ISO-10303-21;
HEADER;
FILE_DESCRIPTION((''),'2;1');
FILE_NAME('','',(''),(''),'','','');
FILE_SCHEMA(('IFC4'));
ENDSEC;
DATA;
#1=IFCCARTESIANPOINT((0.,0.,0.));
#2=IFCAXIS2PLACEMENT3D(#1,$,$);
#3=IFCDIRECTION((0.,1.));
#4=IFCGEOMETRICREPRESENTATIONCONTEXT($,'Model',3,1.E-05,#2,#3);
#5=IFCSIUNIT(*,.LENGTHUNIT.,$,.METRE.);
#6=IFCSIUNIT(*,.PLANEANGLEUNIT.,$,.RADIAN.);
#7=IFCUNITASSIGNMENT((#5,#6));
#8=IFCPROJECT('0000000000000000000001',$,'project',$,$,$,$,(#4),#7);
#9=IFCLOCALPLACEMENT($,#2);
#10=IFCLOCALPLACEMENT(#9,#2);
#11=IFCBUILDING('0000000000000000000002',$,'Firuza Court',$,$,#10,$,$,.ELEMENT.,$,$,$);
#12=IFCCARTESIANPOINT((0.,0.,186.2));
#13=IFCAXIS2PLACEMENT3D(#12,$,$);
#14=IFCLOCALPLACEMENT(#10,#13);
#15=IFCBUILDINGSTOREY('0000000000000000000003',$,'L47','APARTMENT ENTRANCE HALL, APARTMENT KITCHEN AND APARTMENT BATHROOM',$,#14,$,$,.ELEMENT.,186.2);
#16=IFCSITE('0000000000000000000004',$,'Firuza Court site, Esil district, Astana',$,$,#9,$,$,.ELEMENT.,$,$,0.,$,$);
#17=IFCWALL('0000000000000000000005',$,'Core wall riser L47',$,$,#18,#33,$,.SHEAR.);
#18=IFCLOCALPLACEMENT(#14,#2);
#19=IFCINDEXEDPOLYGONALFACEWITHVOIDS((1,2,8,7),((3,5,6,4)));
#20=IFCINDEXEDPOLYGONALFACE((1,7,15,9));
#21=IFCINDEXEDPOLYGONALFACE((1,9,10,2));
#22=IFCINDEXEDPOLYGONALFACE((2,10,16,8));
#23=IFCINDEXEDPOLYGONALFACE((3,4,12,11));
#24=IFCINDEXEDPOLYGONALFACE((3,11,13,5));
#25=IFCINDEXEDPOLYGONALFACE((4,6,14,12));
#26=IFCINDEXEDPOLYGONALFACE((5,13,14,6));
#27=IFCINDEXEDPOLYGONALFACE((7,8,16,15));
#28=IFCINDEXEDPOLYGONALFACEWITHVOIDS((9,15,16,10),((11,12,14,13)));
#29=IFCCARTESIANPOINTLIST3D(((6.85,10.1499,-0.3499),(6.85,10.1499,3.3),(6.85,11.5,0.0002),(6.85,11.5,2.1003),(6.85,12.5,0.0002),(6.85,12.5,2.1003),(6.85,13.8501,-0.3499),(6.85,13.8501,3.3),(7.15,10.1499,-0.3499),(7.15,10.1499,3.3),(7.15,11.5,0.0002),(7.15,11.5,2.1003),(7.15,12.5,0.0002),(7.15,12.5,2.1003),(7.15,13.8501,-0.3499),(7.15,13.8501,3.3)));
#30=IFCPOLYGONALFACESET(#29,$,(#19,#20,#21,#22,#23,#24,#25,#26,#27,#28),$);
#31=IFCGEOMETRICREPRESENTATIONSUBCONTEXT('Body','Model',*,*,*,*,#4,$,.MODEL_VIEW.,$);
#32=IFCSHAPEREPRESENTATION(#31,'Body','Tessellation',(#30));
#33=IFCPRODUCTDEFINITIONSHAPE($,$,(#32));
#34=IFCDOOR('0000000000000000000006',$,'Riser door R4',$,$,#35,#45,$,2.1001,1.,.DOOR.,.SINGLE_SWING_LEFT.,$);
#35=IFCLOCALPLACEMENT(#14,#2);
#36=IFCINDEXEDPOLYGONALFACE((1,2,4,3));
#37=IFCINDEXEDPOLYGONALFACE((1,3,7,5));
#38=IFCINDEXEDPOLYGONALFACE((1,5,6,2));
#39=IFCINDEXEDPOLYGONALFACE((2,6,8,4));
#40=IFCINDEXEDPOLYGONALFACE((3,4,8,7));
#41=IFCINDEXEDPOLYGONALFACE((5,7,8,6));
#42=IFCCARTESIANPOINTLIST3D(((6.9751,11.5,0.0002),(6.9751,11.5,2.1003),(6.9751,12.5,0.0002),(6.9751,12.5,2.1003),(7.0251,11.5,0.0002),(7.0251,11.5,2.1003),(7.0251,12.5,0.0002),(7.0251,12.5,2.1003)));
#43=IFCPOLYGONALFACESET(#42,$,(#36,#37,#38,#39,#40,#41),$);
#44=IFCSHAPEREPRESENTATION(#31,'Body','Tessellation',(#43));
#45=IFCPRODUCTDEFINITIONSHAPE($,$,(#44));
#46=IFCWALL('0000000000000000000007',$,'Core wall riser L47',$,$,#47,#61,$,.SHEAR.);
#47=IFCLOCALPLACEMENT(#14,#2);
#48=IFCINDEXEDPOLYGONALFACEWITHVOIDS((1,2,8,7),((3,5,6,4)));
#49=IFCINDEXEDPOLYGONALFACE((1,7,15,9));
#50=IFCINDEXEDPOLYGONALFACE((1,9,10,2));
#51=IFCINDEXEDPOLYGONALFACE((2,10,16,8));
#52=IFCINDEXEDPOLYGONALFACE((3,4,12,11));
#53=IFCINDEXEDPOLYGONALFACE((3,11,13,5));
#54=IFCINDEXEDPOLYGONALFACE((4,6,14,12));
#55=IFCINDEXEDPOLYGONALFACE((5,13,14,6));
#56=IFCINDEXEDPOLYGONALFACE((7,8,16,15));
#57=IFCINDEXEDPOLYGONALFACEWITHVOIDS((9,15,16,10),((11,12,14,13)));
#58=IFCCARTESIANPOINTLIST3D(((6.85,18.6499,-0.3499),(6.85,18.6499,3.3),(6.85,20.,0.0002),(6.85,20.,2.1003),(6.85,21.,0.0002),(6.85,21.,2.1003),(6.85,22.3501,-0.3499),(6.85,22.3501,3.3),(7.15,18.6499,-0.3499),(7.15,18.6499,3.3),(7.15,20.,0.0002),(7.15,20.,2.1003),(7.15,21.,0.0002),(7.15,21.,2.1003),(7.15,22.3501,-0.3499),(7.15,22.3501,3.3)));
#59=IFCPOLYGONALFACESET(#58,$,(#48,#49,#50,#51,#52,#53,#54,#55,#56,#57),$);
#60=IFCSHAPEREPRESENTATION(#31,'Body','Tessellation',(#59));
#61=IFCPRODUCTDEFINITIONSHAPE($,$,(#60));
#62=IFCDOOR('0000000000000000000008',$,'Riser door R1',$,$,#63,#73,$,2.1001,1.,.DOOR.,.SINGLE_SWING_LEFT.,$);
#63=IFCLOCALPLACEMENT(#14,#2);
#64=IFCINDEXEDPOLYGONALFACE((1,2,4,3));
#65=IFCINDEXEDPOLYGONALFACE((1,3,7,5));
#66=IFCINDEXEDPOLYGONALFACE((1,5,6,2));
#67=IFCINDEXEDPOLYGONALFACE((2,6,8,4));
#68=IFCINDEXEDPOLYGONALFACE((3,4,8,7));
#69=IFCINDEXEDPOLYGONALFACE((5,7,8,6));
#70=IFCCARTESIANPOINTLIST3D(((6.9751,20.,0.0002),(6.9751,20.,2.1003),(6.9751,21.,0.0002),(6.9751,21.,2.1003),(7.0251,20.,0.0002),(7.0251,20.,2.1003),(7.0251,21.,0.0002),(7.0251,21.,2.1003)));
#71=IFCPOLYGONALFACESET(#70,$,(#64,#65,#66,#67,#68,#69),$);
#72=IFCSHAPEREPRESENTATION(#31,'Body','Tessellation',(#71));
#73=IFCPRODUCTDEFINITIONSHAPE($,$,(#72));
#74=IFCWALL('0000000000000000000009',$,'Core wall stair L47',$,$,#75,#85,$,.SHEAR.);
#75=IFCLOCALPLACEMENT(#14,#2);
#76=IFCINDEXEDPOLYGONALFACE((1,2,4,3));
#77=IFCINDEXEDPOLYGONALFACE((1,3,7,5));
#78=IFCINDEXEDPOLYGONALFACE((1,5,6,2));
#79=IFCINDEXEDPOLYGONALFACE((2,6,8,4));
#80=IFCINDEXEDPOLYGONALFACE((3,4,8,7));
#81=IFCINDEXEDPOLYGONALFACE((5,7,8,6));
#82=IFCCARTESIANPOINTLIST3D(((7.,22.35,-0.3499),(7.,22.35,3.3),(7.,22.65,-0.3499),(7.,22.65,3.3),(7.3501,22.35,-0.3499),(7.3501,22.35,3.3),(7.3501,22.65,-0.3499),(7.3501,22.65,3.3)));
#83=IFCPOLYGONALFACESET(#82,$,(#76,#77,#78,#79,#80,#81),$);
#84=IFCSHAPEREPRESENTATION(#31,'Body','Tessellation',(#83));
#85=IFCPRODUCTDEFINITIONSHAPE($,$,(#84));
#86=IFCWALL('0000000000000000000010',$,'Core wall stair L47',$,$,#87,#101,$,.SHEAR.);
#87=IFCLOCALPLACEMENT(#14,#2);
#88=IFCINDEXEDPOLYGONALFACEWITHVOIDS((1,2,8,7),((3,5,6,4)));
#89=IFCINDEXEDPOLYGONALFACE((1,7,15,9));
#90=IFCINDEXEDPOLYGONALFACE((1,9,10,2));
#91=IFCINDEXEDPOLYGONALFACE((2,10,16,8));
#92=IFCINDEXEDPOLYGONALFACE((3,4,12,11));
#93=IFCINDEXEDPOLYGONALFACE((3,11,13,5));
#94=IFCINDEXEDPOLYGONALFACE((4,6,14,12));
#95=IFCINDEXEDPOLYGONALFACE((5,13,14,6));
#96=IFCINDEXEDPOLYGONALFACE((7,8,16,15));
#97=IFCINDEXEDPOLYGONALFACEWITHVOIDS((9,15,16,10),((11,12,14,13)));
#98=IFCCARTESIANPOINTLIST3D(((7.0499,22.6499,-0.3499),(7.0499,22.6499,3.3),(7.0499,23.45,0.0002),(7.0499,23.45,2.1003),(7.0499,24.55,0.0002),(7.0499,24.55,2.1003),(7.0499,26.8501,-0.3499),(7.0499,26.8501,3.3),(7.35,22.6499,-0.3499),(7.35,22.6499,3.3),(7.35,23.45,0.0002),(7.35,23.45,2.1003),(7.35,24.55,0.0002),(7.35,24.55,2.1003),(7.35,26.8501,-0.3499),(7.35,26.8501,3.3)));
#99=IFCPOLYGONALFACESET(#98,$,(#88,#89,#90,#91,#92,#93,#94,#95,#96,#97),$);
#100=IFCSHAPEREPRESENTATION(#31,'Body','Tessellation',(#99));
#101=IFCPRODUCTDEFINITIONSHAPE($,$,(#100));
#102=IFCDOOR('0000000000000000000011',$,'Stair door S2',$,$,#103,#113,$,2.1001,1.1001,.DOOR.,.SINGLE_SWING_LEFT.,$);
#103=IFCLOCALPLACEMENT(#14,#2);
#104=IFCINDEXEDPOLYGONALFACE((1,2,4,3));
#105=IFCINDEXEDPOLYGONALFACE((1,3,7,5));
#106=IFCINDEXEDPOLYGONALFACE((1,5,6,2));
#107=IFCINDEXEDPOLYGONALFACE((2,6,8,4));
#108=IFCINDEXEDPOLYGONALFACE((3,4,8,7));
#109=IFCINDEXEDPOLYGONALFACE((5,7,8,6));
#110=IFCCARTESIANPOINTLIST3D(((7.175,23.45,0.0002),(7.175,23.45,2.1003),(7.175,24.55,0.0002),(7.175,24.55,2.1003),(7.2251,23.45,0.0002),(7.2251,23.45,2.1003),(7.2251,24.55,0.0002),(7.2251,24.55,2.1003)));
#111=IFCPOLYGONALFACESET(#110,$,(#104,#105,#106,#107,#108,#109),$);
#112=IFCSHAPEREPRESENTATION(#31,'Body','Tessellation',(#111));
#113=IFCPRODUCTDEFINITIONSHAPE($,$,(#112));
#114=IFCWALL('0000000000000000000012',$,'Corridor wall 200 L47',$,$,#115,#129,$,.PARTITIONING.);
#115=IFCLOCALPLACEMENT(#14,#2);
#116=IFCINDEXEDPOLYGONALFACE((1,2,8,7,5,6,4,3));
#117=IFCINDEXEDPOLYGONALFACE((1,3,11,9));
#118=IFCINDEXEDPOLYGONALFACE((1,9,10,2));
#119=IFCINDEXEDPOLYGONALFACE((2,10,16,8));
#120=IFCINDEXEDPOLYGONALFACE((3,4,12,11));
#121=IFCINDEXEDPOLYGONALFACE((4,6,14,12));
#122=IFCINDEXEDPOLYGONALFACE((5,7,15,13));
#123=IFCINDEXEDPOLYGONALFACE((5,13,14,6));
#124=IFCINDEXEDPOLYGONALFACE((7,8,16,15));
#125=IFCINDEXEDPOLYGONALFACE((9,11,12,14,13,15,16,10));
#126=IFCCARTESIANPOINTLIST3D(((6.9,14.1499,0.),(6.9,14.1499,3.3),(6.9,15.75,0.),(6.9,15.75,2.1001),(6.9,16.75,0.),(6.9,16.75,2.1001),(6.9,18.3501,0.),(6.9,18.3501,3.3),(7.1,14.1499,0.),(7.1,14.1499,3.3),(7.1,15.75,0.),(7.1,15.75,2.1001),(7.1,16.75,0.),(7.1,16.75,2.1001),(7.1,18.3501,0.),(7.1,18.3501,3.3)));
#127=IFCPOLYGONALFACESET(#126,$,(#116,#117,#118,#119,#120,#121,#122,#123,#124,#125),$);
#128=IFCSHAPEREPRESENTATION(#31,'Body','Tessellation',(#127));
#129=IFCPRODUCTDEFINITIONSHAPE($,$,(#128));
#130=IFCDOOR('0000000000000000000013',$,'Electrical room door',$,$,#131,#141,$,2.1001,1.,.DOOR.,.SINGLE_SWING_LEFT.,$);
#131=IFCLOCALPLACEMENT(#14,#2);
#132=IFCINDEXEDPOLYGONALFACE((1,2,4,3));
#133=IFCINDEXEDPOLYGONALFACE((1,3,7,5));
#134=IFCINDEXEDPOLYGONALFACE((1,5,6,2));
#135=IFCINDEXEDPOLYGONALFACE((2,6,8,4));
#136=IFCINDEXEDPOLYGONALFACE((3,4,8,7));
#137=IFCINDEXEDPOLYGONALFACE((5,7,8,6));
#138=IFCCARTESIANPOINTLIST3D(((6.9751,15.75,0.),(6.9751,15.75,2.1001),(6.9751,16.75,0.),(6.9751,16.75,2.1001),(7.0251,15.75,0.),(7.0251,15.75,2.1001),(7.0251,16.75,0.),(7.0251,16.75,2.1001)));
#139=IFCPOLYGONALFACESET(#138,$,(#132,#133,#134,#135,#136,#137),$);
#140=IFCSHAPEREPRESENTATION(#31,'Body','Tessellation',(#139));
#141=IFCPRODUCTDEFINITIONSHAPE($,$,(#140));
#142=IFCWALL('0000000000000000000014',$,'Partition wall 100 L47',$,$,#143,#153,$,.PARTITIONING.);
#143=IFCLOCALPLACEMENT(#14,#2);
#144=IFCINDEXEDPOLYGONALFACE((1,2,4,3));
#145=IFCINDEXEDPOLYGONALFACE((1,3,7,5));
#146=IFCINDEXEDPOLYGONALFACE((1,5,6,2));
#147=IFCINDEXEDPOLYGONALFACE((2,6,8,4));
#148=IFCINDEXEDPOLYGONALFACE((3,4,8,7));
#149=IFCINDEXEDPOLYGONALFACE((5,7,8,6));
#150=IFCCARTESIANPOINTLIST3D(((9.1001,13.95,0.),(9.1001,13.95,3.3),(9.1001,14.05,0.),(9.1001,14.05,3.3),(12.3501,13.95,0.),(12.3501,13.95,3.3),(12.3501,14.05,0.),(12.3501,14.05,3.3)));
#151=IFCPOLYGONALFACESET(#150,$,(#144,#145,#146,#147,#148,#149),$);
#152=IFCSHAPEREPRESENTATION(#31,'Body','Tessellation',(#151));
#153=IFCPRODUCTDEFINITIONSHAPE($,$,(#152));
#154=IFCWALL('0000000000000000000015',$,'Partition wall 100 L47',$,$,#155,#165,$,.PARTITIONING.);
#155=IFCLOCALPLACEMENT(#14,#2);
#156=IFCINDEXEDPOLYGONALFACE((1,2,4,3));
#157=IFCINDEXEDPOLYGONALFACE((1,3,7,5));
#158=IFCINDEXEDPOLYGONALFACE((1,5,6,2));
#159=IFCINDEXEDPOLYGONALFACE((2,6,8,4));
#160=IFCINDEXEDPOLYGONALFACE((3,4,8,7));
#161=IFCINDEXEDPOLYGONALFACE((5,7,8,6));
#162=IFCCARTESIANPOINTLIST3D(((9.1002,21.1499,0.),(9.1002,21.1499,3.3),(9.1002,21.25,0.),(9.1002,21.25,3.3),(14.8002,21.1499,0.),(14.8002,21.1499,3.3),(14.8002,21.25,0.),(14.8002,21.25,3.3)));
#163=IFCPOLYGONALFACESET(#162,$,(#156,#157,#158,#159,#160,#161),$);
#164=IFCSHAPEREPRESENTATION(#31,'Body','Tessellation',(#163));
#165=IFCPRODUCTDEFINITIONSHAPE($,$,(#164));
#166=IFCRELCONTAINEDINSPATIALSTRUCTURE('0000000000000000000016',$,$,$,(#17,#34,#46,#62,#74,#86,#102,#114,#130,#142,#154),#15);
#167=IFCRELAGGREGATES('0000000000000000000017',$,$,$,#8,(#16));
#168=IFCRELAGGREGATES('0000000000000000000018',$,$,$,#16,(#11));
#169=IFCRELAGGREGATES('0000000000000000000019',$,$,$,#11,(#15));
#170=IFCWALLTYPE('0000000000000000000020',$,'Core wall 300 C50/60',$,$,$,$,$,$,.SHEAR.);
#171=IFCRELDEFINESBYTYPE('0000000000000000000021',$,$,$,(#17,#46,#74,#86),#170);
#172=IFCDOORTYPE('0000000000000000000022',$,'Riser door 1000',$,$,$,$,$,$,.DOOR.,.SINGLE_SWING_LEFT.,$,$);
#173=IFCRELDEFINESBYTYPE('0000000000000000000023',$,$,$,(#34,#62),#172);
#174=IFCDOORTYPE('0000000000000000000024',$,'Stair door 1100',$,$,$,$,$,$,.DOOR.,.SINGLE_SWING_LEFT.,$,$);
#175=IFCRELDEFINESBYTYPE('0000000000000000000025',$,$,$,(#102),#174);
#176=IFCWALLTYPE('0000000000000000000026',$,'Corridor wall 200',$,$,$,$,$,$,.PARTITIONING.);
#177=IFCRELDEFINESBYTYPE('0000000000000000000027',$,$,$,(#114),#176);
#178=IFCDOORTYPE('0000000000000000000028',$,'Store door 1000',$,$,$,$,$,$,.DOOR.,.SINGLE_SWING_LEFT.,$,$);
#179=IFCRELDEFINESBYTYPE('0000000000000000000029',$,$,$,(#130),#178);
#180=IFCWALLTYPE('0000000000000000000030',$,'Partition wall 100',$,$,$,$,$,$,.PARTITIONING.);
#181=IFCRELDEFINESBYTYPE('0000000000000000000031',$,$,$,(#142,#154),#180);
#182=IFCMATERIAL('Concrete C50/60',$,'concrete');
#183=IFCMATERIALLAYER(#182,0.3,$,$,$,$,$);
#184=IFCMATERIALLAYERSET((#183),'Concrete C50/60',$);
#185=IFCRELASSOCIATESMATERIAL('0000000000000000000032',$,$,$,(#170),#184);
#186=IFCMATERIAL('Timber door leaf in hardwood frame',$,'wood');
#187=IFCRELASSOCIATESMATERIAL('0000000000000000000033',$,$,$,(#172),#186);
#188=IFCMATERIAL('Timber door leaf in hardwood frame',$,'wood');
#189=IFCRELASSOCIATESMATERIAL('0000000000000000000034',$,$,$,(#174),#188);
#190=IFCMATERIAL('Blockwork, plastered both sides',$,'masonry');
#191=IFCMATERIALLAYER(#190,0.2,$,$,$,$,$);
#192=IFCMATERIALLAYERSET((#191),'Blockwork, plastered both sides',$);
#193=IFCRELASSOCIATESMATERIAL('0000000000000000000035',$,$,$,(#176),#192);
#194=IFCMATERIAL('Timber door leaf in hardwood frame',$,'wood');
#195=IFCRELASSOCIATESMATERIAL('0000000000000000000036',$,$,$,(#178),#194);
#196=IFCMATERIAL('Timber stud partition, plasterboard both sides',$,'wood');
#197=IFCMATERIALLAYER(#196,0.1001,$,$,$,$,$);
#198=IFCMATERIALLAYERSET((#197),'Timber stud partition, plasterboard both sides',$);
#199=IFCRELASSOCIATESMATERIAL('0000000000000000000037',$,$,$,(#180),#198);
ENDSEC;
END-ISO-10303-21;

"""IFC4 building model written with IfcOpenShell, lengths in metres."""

from ifc_helpers import new_model, si_unit, direction, frame, frame_2d, origin, place, context, subcontext, project, spatial, rectangle, extrude, material, layer, layer_set, type_object, element, fill, save


model = new_model("IFC4")

# Units and contexts
model_context = context("Model", 3, precision=1e-05, world=origin(), true_north=direction((0.0, 1.0)))
body_context = subcontext(model_context, "Body", "Model", "MODEL_VIEW")
ifc_project = project(units=[si_unit("LENGTHUNIT", "METRE"), si_unit("PLANEANGLEUNIT", "RADIAN")], contexts=[model_context])

# Site, building, storey
site_placement = place(None, origin())
site = spatial("IfcSite", under=ifc_project, at=site_placement, Name="Firuza Court site, Esil district, Astana", CompositionType="ELEMENT", RefElevation=0.0)
building_placement = place(site_placement, origin())
building = spatial("IfcBuilding", under=site, at=building_placement, Name="Firuza Court", CompositionType="ELEMENT")
storey_placement = place(building_placement, frame((0.0, 0.0, 186.2)))
storey = spatial("IfcBuildingStorey", under=building, at=storey_placement, Name="L47", Description="APARTMENT ENTRANCE HALL, APARTMENT KITCHEN AND APARTMENT BATHROOM", CompositionType="ELEMENT", Elevation=186.2)

# Shared definitions
ifc_material_1 = material(Name="Concrete C50/60", Category="concrete")
ifc_layer_1 = layer(ifc_material_1, 0.3)
ifc_layer_set_1 = layer_set([ifc_layer_1], Name="Concrete C50/60")
wall_type_1 = type_object("IfcWallType", Name="Core wall 300 C50/60", PredefinedType="SHEAR", material=ifc_layer_set_1)

# Walls, openings, doors
wall_1_placement = place(storey_placement, frame((7.0, 10.1499, -0.3499), z_axis=(0.0, 0.0, 1.0), x_axis=(0.0, 1.0, 0.0)))
wall_1 = element("IfcWall", 1, at=wall_1_placement, inside=storey, type_object=wall_type_1, Name="Core wall riser L47", PredefinedType="SHEAR", context=body_context, shape_type="SweptSolid", body=[
    extrude(rectangle(XDim=3.7002, YDim=0.3, at=frame_2d((1.8501, 0.0))), origin(), (0.0, 0.0, 1.0), 3.6499),
])
opening_1_placement = place(wall_1_placement, frame((1.3501, 0.0, 0.3501)))
opening_1 = element("IfcOpeningElement", 2, at=opening_1_placement, cuts=wall_1, PredefinedType="OPENING", context=body_context, shape_type="SweptSolid", body=[
    extrude(rectangle(XDim=1.0, YDim=2.1001, at=frame_2d((0.5, 1.05))), frame((0.0, 0.1621, 0.0), z_axis=(0.0, -1.0, 0.0), x_axis=(1.0, 0.0, 0.0)), (0.0, 0.0, 1.0), 0.324),
])
ifc_material_2 = material(Name="Timber door leaf in hardwood frame", Category="wood")
door_type_1 = type_object("IfcDoorType", Name="Riser door 1000", OperationType="SINGLE_SWING_LEFT", PredefinedType="DOOR", material=ifc_material_2)
door_1_placement = place(opening_1_placement, origin())
door_1 = element("IfcDoor", 3, at=door_1_placement, inside=storey, type_object=door_type_1, Name="Riser door R4", OperationType="SINGLE_SWING_LEFT", OverallHeight=2.1001, OverallWidth=1.0, PredefinedType="DOOR", context=body_context, shape_type="SweptSolid", body=[
    extrude(rectangle(XDim=1.0, YDim=2.1001, at=frame_2d((0.5, 1.05))), frame((0.0, 0.0249, 0.0), z_axis=(0.0, -1.0, 0.0), x_axis=(1.0, 0.0, 0.0)), (0.0, 0.0, 1.0), 0.05),
])
fill(opening_1, door_1)
wall_2_placement = place(storey_placement, frame((7.0, 18.6499, -0.3499), z_axis=(0.0, 0.0, 1.0), x_axis=(0.0, 1.0, 0.0)))
wall_2 = element("IfcWall", 4, at=wall_2_placement, inside=storey, type_object=wall_type_1, Name="Core wall riser L47", PredefinedType="SHEAR", context=body_context, shape_type="SweptSolid", body=[
    extrude(rectangle(XDim=3.7002, YDim=0.3, at=frame_2d((1.8501, 0.0))), origin(), (0.0, 0.0, 1.0), 3.6499),
])
opening_2_placement = place(wall_2_placement, frame((1.3501, 0.0, 0.3501)))
opening_2 = element("IfcOpeningElement", 5, at=opening_2_placement, cuts=wall_2, PredefinedType="OPENING", context=body_context, shape_type="SweptSolid", body=[
    extrude(rectangle(XDim=1.0, YDim=2.1001, at=frame_2d((0.5, 1.05))), frame((0.0, 0.1621, 0.0), z_axis=(0.0, -1.0, 0.0), x_axis=(1.0, 0.0, 0.0)), (0.0, 0.0, 1.0), 0.324),
])
door_2_placement = place(opening_2_placement, origin())
door_2 = element("IfcDoor", 6, at=door_2_placement, inside=storey, type_object=door_type_1, Name="Riser door R1", OperationType="SINGLE_SWING_LEFT", OverallHeight=2.1001, OverallWidth=1.0, PredefinedType="DOOR", context=body_context, shape_type="SweptSolid", body=[
    extrude(rectangle(XDim=1.0, YDim=2.1001, at=frame_2d((0.5, 1.05))), frame((0.0, 0.0249, 0.0), z_axis=(0.0, -1.0, 0.0), x_axis=(1.0, 0.0, 0.0)), (0.0, 0.0, 1.0), 0.05),
])
fill(opening_2, door_2)

# Wall
wall_3_placement = place(storey_placement, frame((7.0, 22.5, -0.3499), z_axis=(0.0, 0.0, 1.0), x_axis=(1.0, 0.0, 0.0)))
element("IfcWall", 7, at=wall_3_placement, inside=storey, type_object=wall_type_1, Name="Core wall stair L47", PredefinedType="SHEAR", context=body_context, shape_type="SweptSolid", body=[
    extrude(rectangle(XDim=0.3501, YDim=0.3, at=frame_2d((0.175, 0.0))), origin(), (0.0, 0.0, 1.0), 3.6499),
])

# Walls, openings, doors
wall_4_placement = place(storey_placement, frame((7.2, 22.6499, -0.3499), z_axis=(0.0, 0.0, 1.0), x_axis=(0.0, 1.0, 0.0)))
wall_4 = element("IfcWall", 8, at=wall_4_placement, inside=storey, type_object=wall_type_1, Name="Core wall stair L47", PredefinedType="SHEAR", context=body_context, shape_type="SweptSolid", body=[
    extrude(rectangle(XDim=4.2002, YDim=0.3, at=frame_2d((2.1001, 0.0))), origin(), (0.0, 0.0, 1.0), 3.6499),
])
opening_3_placement = place(wall_4_placement, frame((0.8, 0.0, 0.3501)))
opening_3 = element("IfcOpeningElement", 9, at=opening_3_placement, cuts=wall_4, PredefinedType="OPENING", context=body_context, shape_type="SweptSolid", body=[
    extrude(rectangle(XDim=1.1001, YDim=2.1001, at=frame_2d((0.55, 1.05))), frame((0.0, 0.1621, 0.0), z_axis=(0.0, -1.0, 0.0), x_axis=(1.0, 0.0, 0.0)), (0.0, 0.0, 1.0), 0.324),
])
ifc_material_3 = material(Name="Timber door leaf in hardwood frame", Category="wood")
door_type_2 = type_object("IfcDoorType", Name="Stair door 1100", OperationType="SINGLE_SWING_LEFT", PredefinedType="DOOR", material=ifc_material_3)
door_3_placement = place(opening_3_placement, origin())
door_3 = element("IfcDoor", 10, at=door_3_placement, inside=storey, type_object=door_type_2, Name="Stair door S2", OperationType="SINGLE_SWING_LEFT", OverallHeight=2.1001, OverallWidth=1.1001, PredefinedType="DOOR", context=body_context, shape_type="SweptSolid", body=[
    extrude(rectangle(XDim=1.1001, YDim=2.1001, at=frame_2d((0.55, 1.05))), frame((0.0, 0.0249, 0.0), z_axis=(0.0, -1.0, 0.0), x_axis=(1.0, 0.0, 0.0)), (0.0, 0.0, 1.0), 0.05),
])
fill(opening_3, door_3)
ifc_material_4 = material(Name="Blockwork, plastered both sides", Category="masonry")
ifc_layer_2 = layer(ifc_material_4, 0.2)
ifc_layer_set_2 = layer_set([ifc_layer_2], Name="Blockwork, plastered both sides")
wall_type_2 = type_object("IfcWallType", Name="Corridor wall 200", PredefinedType="PARTITIONING", material=ifc_layer_set_2)
wall_5_placement = place(storey_placement, frame((7.0, 14.1499, 0.0), z_axis=(0.0, 0.0, 1.0), x_axis=(0.0, 1.0, 0.0)))
wall_5 = element("IfcWall", 11, at=wall_5_placement, inside=storey, type_object=wall_type_2, Name="Corridor wall 200 L47", PredefinedType="PARTITIONING", context=body_context, shape_type="SweptSolid", body=[
    extrude(rectangle(XDim=4.2002, YDim=0.2, at=frame_2d((2.1001, 0.0))), origin(), (0.0, 0.0, 1.0), 3.3),
])
opening_4_placement = place(wall_5_placement, frame((1.6001, 0.0, 0.0)))
opening_4 = element("IfcOpeningElement", 12, at=opening_4_placement, cuts=wall_5, PredefinedType="OPENING", context=body_context, shape_type="SweptSolid", body=[
    extrude(rectangle(XDim=1.0, YDim=2.1001, at=frame_2d((0.5, 1.05))), frame((0.0, 0.1118, 0.0), z_axis=(0.0, -1.0, 0.0), x_axis=(1.0, 0.0, 0.0)), (0.0, 0.0, 1.0), 0.2239),
])
ifc_material_5 = material(Name="Timber door leaf in hardwood frame", Category="wood")
door_type_3 = type_object("IfcDoorType", Name="Store door 1000", OperationType="SINGLE_SWING_LEFT", PredefinedType="DOOR", material=ifc_material_5)
door_4_placement = place(opening_4_placement, origin())
door_4 = element("IfcDoor", 13, at=door_4_placement, inside=storey, type_object=door_type_3, Name="Electrical room door", OperationType="SINGLE_SWING_LEFT", OverallHeight=2.1001, OverallWidth=1.0, PredefinedType="DOOR", context=body_context, shape_type="SweptSolid", body=[
    extrude(rectangle(XDim=1.0, YDim=2.1001, at=frame_2d((0.5, 1.05))), frame((0.0, 0.0249, 0.0), z_axis=(0.0, -1.0, 0.0), x_axis=(1.0, 0.0, 0.0)), (0.0, 0.0, 1.0), 0.05),
])
fill(opening_4, door_4)

# Walls
ifc_material_6 = material(Name="Timber stud partition, plasterboard both sides", Category="wood")
ifc_layer_3 = layer(ifc_material_6, 0.1001)
ifc_layer_set_3 = layer_set([ifc_layer_3], Name="Timber stud partition, plasterboard both sides")
wall_type_3 = type_object("IfcWallType", Name="Partition wall 100", PredefinedType="PARTITIONING", material=ifc_layer_set_3)
wall_6_placement = place(storey_placement, frame((9.1001, 14.0, 0.0), z_axis=(0.0, 0.0, 1.0), x_axis=(1.0, 0.0, 0.0)))
element("IfcWall", 14, at=wall_6_placement, inside=storey, type_object=wall_type_3, Name="Partition wall 100 L47", PredefinedType="PARTITIONING", context=body_context, shape_type="SweptSolid", body=[
    extrude(rectangle(XDim=3.25, YDim=0.1001, at=frame_2d((1.625, 0.0))), origin(), (0.0, 0.0, 1.0), 3.3),
])
wall_7_placement = place(storey_placement, frame((9.1001, 21.2, 0.0), z_axis=(0.0, 0.0, 1.0), x_axis=(1.0, 0.0, 0.0)))
element("IfcWall", 15, at=wall_7_placement, inside=storey, type_object=wall_type_3, Name="Partition wall 100 L47", PredefinedType="PARTITIONING", context=body_context, shape_type="SweptSolid", body=[
    extrude(rectangle(XDim=5.7, YDim=0.1001, at=frame_2d((2.8501, 0.0))), origin(), (0.0, 0.0, 1.0), 3.3),
])

save(model, "model.ifc")
